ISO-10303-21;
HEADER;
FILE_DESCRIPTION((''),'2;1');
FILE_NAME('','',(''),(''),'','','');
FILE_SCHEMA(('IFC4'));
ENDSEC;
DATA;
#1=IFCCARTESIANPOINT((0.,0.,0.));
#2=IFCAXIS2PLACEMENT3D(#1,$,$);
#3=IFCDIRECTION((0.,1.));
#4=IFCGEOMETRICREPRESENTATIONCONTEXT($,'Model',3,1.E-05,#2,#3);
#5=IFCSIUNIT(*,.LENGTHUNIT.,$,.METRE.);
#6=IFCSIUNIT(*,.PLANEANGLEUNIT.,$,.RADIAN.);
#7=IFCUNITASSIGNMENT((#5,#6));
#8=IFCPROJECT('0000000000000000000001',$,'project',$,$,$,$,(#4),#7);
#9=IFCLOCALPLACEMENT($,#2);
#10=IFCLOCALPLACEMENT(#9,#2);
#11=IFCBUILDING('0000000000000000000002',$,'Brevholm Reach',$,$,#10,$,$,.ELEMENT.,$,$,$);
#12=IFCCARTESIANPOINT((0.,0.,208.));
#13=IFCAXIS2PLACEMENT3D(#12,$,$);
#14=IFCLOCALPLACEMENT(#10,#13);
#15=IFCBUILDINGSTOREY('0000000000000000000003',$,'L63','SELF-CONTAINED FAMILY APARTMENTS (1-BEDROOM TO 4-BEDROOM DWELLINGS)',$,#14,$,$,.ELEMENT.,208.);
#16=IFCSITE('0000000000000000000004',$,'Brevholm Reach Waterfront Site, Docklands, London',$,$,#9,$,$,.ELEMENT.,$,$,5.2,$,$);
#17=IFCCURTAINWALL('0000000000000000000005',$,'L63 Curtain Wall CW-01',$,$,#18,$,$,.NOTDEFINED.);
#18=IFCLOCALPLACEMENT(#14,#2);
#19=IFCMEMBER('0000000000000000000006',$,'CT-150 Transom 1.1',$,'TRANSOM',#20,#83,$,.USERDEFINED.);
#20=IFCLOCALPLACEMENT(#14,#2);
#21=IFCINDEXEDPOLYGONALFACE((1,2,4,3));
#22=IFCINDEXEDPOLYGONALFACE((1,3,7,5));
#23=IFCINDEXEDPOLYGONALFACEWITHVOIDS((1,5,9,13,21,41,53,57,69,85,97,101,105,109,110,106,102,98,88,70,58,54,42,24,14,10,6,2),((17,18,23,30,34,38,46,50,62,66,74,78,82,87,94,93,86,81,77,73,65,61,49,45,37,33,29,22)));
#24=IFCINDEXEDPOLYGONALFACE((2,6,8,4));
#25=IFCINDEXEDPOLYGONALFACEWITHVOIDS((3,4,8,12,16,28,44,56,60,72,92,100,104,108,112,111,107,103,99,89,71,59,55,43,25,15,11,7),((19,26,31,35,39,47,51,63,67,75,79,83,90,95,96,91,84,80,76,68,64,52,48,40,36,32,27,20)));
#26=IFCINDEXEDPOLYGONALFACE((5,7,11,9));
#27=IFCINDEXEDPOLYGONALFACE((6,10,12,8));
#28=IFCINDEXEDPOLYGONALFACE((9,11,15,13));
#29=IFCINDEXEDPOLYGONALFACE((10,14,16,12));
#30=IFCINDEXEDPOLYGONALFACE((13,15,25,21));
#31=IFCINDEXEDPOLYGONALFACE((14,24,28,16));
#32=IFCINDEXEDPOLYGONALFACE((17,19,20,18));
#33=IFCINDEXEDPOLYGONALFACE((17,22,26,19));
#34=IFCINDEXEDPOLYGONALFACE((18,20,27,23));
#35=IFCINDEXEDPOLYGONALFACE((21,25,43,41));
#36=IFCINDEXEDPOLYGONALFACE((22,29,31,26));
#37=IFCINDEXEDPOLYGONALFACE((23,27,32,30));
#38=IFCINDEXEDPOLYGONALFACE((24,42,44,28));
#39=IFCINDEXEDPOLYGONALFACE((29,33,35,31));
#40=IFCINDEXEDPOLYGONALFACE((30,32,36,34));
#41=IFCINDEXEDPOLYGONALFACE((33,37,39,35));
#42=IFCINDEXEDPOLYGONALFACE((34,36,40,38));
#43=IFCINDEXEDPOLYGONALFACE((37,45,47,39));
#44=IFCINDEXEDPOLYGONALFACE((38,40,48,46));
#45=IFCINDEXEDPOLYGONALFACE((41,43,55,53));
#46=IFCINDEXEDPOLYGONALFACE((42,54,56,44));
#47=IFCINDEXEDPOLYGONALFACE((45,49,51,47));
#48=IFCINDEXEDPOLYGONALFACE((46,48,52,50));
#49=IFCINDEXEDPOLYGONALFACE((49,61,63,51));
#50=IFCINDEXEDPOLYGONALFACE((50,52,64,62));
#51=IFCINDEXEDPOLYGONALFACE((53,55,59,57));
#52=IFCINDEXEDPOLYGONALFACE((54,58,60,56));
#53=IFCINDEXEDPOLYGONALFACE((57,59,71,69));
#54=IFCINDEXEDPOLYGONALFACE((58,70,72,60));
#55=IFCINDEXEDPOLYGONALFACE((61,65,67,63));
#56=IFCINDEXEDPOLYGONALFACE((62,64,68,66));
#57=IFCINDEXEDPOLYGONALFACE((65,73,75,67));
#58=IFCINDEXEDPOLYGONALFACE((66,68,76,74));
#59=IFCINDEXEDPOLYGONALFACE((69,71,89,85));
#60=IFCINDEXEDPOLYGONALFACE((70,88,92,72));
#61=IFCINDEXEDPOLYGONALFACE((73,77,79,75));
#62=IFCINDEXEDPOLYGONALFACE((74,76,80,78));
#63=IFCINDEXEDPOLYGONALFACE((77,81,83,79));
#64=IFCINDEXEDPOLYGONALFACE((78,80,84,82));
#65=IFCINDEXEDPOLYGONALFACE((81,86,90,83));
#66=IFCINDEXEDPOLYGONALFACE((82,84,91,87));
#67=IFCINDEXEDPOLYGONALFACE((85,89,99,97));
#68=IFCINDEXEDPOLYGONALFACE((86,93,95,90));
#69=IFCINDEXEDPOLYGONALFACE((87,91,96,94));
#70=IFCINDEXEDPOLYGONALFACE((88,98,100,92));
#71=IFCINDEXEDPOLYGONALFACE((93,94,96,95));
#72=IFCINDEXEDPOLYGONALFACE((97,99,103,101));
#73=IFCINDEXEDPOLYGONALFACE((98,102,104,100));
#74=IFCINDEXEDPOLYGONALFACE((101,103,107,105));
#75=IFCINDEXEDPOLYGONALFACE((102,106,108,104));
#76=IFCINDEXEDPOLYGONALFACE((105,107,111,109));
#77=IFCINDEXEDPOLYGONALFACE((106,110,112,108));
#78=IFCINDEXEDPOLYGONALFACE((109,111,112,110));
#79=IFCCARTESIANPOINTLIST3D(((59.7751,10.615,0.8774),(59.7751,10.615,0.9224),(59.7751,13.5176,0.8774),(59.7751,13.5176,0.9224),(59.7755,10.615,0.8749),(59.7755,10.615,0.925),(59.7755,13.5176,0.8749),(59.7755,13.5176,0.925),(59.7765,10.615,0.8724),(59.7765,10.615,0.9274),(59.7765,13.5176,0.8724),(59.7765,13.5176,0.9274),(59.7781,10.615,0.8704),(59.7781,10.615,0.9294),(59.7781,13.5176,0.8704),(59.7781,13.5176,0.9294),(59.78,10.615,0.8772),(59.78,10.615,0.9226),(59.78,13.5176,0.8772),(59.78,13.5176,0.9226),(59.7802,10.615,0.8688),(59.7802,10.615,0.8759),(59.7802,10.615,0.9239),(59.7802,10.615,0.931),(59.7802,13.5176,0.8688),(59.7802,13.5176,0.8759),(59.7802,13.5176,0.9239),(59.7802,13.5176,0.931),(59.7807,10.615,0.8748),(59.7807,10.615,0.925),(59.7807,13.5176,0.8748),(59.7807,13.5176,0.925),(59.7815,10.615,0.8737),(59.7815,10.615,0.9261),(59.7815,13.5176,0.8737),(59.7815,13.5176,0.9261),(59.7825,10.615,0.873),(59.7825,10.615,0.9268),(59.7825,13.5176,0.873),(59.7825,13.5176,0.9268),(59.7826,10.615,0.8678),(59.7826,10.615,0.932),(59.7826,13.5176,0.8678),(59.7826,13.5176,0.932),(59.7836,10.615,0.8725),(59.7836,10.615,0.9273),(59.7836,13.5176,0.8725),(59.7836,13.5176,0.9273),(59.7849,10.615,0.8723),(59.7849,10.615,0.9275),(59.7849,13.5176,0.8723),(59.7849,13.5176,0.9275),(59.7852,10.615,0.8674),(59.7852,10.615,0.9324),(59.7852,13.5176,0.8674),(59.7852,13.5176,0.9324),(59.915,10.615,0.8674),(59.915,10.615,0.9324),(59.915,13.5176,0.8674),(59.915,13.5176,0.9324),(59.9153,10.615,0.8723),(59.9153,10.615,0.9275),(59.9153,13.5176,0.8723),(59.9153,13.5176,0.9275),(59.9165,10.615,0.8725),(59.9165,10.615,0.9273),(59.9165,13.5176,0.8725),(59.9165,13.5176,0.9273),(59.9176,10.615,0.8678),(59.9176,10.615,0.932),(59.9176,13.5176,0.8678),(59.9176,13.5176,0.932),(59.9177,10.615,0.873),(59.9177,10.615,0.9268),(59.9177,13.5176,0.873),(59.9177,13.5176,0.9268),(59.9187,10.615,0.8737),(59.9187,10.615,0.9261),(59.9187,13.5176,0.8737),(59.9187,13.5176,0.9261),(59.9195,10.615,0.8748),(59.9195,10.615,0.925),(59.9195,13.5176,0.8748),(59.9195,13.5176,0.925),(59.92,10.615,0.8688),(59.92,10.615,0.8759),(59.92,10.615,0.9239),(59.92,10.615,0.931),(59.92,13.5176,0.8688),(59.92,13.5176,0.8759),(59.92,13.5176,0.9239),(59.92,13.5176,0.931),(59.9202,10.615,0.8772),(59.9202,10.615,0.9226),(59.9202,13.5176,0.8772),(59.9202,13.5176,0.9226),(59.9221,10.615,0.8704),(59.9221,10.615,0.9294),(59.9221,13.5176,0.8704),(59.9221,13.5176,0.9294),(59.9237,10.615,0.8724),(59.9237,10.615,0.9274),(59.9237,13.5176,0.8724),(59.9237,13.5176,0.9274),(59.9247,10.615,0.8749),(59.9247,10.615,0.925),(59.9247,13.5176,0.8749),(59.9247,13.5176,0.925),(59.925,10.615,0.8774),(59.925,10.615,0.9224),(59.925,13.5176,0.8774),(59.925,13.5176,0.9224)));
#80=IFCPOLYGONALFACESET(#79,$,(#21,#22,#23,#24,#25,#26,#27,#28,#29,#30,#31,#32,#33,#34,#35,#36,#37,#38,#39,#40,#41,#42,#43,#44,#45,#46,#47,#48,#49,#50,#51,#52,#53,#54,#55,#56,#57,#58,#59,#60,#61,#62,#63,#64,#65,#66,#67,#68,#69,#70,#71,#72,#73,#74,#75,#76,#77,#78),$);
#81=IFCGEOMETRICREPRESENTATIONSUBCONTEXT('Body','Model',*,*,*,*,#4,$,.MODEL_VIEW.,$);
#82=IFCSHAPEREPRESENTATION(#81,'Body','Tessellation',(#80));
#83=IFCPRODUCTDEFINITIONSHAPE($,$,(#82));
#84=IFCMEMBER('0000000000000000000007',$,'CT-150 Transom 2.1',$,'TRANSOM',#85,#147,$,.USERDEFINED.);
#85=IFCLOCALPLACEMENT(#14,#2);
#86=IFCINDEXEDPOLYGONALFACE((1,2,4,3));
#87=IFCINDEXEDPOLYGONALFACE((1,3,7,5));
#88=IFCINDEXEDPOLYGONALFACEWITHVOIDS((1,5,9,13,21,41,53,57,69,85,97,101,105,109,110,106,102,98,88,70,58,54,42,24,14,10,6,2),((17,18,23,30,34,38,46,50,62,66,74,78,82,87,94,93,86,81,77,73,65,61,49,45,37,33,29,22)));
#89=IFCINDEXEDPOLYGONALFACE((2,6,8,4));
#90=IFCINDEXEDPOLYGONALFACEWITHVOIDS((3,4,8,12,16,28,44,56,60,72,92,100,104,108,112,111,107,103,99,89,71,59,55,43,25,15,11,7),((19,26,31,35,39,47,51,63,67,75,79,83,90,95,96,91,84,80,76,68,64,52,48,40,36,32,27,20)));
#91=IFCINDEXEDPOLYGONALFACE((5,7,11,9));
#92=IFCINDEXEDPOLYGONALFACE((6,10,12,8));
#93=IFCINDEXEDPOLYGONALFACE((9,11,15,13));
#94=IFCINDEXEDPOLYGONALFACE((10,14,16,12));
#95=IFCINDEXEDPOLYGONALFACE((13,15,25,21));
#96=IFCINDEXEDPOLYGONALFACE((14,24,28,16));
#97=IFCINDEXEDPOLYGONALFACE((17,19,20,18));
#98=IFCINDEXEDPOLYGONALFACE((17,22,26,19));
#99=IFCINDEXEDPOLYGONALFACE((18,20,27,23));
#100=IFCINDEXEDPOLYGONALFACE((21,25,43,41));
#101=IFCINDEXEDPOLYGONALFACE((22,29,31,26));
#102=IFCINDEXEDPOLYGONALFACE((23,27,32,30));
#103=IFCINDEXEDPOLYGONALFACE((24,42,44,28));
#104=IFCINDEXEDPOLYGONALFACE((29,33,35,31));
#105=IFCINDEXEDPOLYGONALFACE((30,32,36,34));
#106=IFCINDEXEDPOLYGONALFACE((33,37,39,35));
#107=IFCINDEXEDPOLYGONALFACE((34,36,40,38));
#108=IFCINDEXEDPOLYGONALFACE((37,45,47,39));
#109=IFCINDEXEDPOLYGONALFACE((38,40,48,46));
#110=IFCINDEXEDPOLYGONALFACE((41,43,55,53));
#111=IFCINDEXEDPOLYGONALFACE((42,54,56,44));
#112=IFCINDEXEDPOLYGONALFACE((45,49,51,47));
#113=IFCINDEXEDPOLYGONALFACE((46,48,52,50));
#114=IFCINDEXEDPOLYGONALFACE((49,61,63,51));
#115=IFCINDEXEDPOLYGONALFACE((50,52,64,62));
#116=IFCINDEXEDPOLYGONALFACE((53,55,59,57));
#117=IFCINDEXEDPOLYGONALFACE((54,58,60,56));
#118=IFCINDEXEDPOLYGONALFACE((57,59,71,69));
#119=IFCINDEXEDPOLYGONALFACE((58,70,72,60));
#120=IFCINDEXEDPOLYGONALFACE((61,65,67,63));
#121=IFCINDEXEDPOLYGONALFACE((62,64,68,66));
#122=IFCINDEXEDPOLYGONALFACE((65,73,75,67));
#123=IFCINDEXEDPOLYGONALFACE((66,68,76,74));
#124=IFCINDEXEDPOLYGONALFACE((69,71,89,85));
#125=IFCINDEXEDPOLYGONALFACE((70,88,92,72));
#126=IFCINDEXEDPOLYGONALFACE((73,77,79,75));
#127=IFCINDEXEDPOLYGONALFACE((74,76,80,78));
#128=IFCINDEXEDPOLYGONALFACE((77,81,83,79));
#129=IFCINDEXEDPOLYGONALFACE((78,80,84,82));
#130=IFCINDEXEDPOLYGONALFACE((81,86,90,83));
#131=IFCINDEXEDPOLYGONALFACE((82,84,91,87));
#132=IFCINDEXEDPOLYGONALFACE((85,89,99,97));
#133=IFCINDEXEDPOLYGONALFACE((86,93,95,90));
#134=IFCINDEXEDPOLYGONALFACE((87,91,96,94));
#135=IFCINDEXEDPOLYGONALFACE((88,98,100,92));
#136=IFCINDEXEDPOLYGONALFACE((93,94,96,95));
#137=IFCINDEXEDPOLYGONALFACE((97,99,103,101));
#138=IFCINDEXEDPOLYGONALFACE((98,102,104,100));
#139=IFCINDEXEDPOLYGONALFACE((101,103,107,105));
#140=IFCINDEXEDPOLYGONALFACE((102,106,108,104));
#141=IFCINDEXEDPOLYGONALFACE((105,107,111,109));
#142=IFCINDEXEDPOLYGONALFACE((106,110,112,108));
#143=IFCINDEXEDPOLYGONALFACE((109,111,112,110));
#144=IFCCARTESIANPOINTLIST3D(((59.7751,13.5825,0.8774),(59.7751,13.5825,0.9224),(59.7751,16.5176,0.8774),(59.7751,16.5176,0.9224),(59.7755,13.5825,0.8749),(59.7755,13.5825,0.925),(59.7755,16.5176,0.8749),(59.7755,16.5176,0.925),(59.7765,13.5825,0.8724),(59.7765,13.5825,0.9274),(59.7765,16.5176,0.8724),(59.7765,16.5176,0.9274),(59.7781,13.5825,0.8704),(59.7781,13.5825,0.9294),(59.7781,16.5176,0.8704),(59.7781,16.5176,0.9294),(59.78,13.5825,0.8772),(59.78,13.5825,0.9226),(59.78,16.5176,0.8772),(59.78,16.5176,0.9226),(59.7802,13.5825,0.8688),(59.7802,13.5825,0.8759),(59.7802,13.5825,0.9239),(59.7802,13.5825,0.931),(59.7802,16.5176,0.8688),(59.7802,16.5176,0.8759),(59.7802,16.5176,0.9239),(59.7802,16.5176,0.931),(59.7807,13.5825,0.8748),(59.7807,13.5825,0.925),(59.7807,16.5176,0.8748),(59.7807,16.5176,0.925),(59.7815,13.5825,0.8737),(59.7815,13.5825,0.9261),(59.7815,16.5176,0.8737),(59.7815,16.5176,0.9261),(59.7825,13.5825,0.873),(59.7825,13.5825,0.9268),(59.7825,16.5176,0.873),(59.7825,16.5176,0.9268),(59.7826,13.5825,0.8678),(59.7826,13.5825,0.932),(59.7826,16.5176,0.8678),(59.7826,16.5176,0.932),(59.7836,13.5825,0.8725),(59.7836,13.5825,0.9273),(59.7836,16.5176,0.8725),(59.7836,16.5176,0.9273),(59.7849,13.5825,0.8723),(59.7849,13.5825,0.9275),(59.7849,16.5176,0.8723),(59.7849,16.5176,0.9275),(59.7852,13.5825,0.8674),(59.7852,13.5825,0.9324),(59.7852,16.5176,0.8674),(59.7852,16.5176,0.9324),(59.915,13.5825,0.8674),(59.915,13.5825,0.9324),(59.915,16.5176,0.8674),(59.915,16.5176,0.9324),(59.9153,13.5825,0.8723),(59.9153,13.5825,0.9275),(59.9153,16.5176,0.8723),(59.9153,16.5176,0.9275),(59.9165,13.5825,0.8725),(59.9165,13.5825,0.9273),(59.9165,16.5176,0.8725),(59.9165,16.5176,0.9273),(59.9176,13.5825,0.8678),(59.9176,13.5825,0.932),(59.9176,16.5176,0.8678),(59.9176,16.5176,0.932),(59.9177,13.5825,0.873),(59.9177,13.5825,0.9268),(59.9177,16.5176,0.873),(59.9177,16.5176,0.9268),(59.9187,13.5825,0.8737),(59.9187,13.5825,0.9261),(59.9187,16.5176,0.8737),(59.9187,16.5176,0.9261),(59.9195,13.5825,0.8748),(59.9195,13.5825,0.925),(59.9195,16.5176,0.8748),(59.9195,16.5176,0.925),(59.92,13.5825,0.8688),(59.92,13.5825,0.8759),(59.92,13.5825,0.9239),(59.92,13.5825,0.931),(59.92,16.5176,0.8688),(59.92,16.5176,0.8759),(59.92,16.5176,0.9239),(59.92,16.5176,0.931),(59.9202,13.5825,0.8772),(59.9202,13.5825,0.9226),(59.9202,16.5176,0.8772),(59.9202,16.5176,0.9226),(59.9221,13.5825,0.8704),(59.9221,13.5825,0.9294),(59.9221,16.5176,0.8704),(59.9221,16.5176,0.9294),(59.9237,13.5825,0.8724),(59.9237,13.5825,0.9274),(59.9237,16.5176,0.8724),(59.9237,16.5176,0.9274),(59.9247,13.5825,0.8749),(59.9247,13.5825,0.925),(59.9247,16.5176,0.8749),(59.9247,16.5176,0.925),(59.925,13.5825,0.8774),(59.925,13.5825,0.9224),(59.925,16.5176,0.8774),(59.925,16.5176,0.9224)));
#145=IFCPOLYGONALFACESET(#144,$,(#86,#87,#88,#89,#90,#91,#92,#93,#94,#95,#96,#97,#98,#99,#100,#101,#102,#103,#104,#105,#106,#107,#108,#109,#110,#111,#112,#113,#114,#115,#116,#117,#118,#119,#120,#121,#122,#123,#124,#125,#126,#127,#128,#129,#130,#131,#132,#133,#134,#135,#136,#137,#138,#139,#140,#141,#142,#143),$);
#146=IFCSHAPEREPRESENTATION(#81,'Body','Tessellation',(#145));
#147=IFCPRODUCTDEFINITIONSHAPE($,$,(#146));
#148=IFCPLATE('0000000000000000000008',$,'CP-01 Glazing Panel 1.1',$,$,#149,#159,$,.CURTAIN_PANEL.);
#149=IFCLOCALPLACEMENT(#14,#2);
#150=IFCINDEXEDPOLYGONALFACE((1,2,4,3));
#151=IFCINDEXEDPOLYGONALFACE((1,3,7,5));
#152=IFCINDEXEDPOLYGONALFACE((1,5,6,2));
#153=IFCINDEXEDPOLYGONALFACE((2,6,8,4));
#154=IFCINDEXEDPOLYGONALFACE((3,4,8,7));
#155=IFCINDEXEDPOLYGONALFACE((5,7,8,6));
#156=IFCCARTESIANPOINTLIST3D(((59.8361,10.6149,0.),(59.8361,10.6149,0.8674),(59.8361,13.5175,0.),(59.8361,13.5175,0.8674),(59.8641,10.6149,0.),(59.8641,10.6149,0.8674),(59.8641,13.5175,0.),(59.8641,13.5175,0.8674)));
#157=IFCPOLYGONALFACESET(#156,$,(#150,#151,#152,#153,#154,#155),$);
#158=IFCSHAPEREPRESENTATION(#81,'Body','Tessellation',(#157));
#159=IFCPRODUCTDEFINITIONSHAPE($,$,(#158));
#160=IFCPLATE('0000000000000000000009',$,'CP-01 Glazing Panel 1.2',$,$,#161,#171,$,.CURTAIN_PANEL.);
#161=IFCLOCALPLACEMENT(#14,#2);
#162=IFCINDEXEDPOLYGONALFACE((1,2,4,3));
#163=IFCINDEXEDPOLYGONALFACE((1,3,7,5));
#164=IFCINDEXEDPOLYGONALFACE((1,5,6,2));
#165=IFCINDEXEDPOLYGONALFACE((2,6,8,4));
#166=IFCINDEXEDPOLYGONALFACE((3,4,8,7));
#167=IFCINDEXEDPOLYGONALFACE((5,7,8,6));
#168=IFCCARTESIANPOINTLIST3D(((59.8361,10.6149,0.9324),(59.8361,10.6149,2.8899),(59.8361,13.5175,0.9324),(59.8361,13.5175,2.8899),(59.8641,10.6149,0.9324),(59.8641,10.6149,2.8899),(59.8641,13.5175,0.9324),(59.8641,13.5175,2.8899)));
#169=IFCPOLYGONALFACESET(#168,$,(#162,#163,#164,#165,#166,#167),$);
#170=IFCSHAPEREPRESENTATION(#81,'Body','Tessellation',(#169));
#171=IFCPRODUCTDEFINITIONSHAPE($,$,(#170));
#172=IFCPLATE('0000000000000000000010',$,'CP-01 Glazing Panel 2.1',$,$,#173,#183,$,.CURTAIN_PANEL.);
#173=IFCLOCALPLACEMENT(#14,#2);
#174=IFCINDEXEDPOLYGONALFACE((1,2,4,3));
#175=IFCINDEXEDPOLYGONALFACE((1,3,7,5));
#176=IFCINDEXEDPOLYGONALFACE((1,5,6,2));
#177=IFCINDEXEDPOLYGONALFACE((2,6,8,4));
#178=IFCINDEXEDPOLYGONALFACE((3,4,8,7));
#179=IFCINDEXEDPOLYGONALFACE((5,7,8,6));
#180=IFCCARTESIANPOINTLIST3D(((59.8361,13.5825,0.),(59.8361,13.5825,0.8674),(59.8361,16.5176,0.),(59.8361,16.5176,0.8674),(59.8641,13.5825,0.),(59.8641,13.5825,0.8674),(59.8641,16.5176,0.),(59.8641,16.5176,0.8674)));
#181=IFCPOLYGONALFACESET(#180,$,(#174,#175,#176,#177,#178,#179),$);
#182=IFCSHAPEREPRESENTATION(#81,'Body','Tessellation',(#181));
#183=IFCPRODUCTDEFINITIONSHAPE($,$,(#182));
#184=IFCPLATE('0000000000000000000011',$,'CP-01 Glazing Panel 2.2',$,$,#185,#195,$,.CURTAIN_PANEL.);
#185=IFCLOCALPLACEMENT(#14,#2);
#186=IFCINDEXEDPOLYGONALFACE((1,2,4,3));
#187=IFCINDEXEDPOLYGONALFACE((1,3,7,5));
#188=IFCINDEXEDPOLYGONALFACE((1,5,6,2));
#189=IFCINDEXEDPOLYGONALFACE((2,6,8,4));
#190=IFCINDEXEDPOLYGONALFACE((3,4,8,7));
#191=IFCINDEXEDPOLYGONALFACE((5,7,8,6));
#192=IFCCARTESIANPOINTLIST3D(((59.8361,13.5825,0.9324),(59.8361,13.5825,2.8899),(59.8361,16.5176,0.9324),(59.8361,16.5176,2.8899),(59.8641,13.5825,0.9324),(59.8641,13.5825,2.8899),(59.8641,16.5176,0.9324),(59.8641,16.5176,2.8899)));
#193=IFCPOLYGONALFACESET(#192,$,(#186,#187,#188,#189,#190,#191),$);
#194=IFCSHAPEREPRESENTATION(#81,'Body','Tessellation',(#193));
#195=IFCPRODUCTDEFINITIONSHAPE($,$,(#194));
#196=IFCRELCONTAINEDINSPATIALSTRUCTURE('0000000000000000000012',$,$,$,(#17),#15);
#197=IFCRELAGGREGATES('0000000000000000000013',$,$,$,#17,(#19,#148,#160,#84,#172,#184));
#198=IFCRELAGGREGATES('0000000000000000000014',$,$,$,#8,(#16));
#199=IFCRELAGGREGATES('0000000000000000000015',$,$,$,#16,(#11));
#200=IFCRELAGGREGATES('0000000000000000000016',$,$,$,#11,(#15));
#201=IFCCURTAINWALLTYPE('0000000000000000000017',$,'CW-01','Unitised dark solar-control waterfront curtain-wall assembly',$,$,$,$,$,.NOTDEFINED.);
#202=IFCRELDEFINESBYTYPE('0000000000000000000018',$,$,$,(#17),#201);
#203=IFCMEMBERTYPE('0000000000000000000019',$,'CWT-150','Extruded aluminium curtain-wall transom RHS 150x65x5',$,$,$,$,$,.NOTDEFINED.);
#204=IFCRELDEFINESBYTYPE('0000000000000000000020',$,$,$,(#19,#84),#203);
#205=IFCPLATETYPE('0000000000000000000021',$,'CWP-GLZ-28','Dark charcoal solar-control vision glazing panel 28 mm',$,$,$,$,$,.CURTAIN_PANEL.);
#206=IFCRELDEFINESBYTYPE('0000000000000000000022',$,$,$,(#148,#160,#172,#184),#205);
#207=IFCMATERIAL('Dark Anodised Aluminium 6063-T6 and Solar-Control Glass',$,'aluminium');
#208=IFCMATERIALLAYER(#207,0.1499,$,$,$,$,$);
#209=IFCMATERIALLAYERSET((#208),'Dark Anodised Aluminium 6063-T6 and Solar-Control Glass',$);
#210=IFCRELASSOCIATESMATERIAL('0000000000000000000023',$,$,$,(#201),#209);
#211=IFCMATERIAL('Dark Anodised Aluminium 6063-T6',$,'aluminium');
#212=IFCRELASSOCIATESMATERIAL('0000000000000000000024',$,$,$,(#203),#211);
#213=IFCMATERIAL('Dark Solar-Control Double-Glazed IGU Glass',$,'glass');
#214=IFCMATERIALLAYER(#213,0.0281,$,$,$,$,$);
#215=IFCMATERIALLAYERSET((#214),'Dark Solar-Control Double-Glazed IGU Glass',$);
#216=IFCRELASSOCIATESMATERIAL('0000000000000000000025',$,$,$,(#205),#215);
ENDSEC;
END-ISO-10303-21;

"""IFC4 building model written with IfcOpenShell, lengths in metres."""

from ifc_helpers import new_model, si_unit, direction, frame, origin, origin_2d, place, context, subcontext, project, spatial, rectangle, hollow_rectangle, extrude, material, layer, layer_set, material_profile, profile_set, type_object, element, aggregate, save


model = new_model("IFC4")

# Units and contexts
model_context = context("Model", 3, precision=1e-05, world=origin(), true_north=direction((0.0, 1.0)))
body_context = subcontext(model_context, "Body", "Model", "MODEL_VIEW")
ifc_project = project(units=[si_unit("LENGTHUNIT", "METRE"), si_unit("PLANEANGLEUNIT", "RADIAN")], contexts=[model_context])

# Site, building, storey
site_placement = place(None, origin())
site = spatial("IfcSite", under=ifc_project, at=site_placement, Name="Brevholm Reach Waterfront Site, Docklands, London", CompositionType="ELEMENT", RefElevation=5.2)
building_placement = place(site_placement, origin())
building = spatial("IfcBuilding", under=site, at=building_placement, Name="Brevholm Reach", CompositionType="ELEMENT")
storey_placement = place(building_placement, frame((0.0, 0.0, 208.0)))
storey = spatial("IfcBuildingStorey", under=building, at=storey_placement, Name="L63", Description="SELF-CONTAINED FAMILY APARTMENTS (1-BEDROOM TO 4-BEDROOM DWELLINGS)", CompositionType="ELEMENT", Elevation=208.0)

# Curtain wall, members, plates
ifc_material_1 = material(Name="Dark Anodised Aluminium 6063-T6 and Solar-Control Glass", Category="aluminium")
ifc_layer_1 = layer(ifc_material_1, 0.1499)
ifc_layer_set_1 = layer_set([ifc_layer_1], Name="Dark Anodised Aluminium 6063-T6 and Solar-Control Glass")
curtain_wall_type = type_object("IfcCurtainWallType", Name="CW-01", Description="Unitised dark solar-control waterfront curtain-wall assembly", PredefinedType="NOTDEFINED", material=ifc_layer_set_1)
curtain_wall_placement = place(storey_placement, origin())
curtain_wall = element("IfcCurtainWall", 1, at=curtain_wall_placement, inside=storey, type_object=curtain_wall_type, Name="L63 Curtain Wall CW-01", PredefinedType="NOTDEFINED")
ifc_material_2 = material(Name="Dark Anodised Aluminium 6063-T6", Category="aluminium")
ifc_material_profile_1 = material_profile(ifc_material_2, hollow_rectangle(XDim=0.0649, YDim=0.1499, WallThickness=0.0049, InnerFilletRadius=0.0049, OuterFilletRadius=0.01, at=origin_2d()), Name="RHS 150x65x5")
ifc_profile_set_1 = profile_set([ifc_material_profile_1], Name="Dark Anodised Aluminium 6063-T6")
member_type_1 = type_object("IfcMemberType", Name="CWT-150", Description="Extruded aluminium curtain-wall transom RHS 150x65x5", PredefinedType="NOTDEFINED", material=ifc_profile_set_1)
member_1_placement = place(storey_placement, frame((59.8501, 10.615, 0.8999), z_axis=(0.0, 1.0, 0.0), x_axis=(0.0, 0.0, 1.0)))
member_1 = element("IfcMember", 2, at=member_1_placement, type_object=member_type_1, Name="CT-150 Transom 1.1", ObjectType="TRANSOM", PredefinedType="USERDEFINED", context=body_context, shape_type="SweptSolid", body=[
    extrude(hollow_rectangle(XDim=0.0649, YDim=0.1499, WallThickness=0.0049, InnerFilletRadius=0.0049, OuterFilletRadius=0.01, at=origin_2d()), origin(), (0.0, 0.0, 1.0), 2.9026),
])
member_2_placement = place(storey_placement, frame((59.8501, 13.5825, 0.8999), z_axis=(0.0, 1.0, 0.0), x_axis=(0.0, 0.0, 1.0)))
member_2 = element("IfcMember", 3, at=member_2_placement, type_object=member_type_1, Name="CT-150 Transom 2.1", ObjectType="TRANSOM", PredefinedType="USERDEFINED", context=body_context, shape_type="SweptSolid", body=[
    extrude(hollow_rectangle(XDim=0.0649, YDim=0.1499, WallThickness=0.0049, InnerFilletRadius=0.0049, OuterFilletRadius=0.01, at=origin_2d()), origin(), (0.0, 0.0, 1.0), 2.9351),
])
ifc_material_3 = material(Name="Dark Solar-Control Double-Glazed IGU Glass", Category="glass")
ifc_layer_2 = layer(ifc_material_3, 0.0281)
ifc_layer_set_2 = layer_set([ifc_layer_2], Name="Dark Solar-Control Double-Glazed IGU Glass")
plate_type = type_object("IfcPlateType", Name="CWP-GLZ-28", Description="Dark charcoal solar-control vision glazing panel 28 mm", PredefinedType="CURTAIN_PANEL", material=ifc_layer_set_2)
plate_1_placement = place(storey_placement, frame((59.8501, 12.0662, 0.0), z_axis=(0.0, 0.0, 1.0), x_axis=(0.0, 1.0, 0.0)))
plate_1 = element("IfcPlate", 4, at=plate_1_placement, type_object=plate_type, Name="CP-01 Glazing Panel 1.1", PredefinedType="CURTAIN_PANEL", context=body_context, shape_type="SweptSolid", body=[
    extrude(rectangle(XDim=2.9026, YDim=0.0281, at=origin_2d()), origin(), (0.0, 0.0, 1.0), 0.8674),
])
plate_2_placement = place(storey_placement, frame((59.8501, 12.0662, 0.9324), z_axis=(0.0, 0.0, 1.0), x_axis=(0.0, 1.0, 0.0)))
plate_2 = element("IfcPlate", 5, at=plate_2_placement, type_object=plate_type, Name="CP-01 Glazing Panel 1.2", PredefinedType="CURTAIN_PANEL", context=body_context, shape_type="SweptSolid", body=[
    extrude(rectangle(XDim=2.9026, YDim=0.0281, at=origin_2d()), origin(), (0.0, 0.0, 1.0), 1.9575),
])
plate_3_placement = place(storey_placement, frame((59.8501, 15.05, 0.0), z_axis=(0.0, 0.0, 1.0), x_axis=(0.0, 1.0, 0.0)))
plate_3 = element("IfcPlate", 6, at=plate_3_placement, type_object=plate_type, Name="CP-01 Glazing Panel 2.1", PredefinedType="CURTAIN_PANEL", context=body_context, shape_type="SweptSolid", body=[
    extrude(rectangle(XDim=2.9351, YDim=0.0281, at=origin_2d()), origin(), (0.0, 0.0, 1.0), 0.8674),
])
plate_4_placement = place(storey_placement, frame((59.8501, 15.05, 0.9324), z_axis=(0.0, 0.0, 1.0), x_axis=(0.0, 1.0, 0.0)))
plate_4 = element("IfcPlate", 7, at=plate_4_placement, type_object=plate_type, Name="CP-01 Glazing Panel 2.2", PredefinedType="CURTAIN_PANEL", context=body_context, shape_type="SweptSolid", body=[
    extrude(rectangle(XDim=2.9351, YDim=0.0281, at=origin_2d()), origin(), (0.0, 0.0, 1.0), 1.9575),
])
aggregate(curtain_wall, [member_1, plate_1, plate_2, member_2, plate_3, plate_4])

save(model, "model.ifc")
